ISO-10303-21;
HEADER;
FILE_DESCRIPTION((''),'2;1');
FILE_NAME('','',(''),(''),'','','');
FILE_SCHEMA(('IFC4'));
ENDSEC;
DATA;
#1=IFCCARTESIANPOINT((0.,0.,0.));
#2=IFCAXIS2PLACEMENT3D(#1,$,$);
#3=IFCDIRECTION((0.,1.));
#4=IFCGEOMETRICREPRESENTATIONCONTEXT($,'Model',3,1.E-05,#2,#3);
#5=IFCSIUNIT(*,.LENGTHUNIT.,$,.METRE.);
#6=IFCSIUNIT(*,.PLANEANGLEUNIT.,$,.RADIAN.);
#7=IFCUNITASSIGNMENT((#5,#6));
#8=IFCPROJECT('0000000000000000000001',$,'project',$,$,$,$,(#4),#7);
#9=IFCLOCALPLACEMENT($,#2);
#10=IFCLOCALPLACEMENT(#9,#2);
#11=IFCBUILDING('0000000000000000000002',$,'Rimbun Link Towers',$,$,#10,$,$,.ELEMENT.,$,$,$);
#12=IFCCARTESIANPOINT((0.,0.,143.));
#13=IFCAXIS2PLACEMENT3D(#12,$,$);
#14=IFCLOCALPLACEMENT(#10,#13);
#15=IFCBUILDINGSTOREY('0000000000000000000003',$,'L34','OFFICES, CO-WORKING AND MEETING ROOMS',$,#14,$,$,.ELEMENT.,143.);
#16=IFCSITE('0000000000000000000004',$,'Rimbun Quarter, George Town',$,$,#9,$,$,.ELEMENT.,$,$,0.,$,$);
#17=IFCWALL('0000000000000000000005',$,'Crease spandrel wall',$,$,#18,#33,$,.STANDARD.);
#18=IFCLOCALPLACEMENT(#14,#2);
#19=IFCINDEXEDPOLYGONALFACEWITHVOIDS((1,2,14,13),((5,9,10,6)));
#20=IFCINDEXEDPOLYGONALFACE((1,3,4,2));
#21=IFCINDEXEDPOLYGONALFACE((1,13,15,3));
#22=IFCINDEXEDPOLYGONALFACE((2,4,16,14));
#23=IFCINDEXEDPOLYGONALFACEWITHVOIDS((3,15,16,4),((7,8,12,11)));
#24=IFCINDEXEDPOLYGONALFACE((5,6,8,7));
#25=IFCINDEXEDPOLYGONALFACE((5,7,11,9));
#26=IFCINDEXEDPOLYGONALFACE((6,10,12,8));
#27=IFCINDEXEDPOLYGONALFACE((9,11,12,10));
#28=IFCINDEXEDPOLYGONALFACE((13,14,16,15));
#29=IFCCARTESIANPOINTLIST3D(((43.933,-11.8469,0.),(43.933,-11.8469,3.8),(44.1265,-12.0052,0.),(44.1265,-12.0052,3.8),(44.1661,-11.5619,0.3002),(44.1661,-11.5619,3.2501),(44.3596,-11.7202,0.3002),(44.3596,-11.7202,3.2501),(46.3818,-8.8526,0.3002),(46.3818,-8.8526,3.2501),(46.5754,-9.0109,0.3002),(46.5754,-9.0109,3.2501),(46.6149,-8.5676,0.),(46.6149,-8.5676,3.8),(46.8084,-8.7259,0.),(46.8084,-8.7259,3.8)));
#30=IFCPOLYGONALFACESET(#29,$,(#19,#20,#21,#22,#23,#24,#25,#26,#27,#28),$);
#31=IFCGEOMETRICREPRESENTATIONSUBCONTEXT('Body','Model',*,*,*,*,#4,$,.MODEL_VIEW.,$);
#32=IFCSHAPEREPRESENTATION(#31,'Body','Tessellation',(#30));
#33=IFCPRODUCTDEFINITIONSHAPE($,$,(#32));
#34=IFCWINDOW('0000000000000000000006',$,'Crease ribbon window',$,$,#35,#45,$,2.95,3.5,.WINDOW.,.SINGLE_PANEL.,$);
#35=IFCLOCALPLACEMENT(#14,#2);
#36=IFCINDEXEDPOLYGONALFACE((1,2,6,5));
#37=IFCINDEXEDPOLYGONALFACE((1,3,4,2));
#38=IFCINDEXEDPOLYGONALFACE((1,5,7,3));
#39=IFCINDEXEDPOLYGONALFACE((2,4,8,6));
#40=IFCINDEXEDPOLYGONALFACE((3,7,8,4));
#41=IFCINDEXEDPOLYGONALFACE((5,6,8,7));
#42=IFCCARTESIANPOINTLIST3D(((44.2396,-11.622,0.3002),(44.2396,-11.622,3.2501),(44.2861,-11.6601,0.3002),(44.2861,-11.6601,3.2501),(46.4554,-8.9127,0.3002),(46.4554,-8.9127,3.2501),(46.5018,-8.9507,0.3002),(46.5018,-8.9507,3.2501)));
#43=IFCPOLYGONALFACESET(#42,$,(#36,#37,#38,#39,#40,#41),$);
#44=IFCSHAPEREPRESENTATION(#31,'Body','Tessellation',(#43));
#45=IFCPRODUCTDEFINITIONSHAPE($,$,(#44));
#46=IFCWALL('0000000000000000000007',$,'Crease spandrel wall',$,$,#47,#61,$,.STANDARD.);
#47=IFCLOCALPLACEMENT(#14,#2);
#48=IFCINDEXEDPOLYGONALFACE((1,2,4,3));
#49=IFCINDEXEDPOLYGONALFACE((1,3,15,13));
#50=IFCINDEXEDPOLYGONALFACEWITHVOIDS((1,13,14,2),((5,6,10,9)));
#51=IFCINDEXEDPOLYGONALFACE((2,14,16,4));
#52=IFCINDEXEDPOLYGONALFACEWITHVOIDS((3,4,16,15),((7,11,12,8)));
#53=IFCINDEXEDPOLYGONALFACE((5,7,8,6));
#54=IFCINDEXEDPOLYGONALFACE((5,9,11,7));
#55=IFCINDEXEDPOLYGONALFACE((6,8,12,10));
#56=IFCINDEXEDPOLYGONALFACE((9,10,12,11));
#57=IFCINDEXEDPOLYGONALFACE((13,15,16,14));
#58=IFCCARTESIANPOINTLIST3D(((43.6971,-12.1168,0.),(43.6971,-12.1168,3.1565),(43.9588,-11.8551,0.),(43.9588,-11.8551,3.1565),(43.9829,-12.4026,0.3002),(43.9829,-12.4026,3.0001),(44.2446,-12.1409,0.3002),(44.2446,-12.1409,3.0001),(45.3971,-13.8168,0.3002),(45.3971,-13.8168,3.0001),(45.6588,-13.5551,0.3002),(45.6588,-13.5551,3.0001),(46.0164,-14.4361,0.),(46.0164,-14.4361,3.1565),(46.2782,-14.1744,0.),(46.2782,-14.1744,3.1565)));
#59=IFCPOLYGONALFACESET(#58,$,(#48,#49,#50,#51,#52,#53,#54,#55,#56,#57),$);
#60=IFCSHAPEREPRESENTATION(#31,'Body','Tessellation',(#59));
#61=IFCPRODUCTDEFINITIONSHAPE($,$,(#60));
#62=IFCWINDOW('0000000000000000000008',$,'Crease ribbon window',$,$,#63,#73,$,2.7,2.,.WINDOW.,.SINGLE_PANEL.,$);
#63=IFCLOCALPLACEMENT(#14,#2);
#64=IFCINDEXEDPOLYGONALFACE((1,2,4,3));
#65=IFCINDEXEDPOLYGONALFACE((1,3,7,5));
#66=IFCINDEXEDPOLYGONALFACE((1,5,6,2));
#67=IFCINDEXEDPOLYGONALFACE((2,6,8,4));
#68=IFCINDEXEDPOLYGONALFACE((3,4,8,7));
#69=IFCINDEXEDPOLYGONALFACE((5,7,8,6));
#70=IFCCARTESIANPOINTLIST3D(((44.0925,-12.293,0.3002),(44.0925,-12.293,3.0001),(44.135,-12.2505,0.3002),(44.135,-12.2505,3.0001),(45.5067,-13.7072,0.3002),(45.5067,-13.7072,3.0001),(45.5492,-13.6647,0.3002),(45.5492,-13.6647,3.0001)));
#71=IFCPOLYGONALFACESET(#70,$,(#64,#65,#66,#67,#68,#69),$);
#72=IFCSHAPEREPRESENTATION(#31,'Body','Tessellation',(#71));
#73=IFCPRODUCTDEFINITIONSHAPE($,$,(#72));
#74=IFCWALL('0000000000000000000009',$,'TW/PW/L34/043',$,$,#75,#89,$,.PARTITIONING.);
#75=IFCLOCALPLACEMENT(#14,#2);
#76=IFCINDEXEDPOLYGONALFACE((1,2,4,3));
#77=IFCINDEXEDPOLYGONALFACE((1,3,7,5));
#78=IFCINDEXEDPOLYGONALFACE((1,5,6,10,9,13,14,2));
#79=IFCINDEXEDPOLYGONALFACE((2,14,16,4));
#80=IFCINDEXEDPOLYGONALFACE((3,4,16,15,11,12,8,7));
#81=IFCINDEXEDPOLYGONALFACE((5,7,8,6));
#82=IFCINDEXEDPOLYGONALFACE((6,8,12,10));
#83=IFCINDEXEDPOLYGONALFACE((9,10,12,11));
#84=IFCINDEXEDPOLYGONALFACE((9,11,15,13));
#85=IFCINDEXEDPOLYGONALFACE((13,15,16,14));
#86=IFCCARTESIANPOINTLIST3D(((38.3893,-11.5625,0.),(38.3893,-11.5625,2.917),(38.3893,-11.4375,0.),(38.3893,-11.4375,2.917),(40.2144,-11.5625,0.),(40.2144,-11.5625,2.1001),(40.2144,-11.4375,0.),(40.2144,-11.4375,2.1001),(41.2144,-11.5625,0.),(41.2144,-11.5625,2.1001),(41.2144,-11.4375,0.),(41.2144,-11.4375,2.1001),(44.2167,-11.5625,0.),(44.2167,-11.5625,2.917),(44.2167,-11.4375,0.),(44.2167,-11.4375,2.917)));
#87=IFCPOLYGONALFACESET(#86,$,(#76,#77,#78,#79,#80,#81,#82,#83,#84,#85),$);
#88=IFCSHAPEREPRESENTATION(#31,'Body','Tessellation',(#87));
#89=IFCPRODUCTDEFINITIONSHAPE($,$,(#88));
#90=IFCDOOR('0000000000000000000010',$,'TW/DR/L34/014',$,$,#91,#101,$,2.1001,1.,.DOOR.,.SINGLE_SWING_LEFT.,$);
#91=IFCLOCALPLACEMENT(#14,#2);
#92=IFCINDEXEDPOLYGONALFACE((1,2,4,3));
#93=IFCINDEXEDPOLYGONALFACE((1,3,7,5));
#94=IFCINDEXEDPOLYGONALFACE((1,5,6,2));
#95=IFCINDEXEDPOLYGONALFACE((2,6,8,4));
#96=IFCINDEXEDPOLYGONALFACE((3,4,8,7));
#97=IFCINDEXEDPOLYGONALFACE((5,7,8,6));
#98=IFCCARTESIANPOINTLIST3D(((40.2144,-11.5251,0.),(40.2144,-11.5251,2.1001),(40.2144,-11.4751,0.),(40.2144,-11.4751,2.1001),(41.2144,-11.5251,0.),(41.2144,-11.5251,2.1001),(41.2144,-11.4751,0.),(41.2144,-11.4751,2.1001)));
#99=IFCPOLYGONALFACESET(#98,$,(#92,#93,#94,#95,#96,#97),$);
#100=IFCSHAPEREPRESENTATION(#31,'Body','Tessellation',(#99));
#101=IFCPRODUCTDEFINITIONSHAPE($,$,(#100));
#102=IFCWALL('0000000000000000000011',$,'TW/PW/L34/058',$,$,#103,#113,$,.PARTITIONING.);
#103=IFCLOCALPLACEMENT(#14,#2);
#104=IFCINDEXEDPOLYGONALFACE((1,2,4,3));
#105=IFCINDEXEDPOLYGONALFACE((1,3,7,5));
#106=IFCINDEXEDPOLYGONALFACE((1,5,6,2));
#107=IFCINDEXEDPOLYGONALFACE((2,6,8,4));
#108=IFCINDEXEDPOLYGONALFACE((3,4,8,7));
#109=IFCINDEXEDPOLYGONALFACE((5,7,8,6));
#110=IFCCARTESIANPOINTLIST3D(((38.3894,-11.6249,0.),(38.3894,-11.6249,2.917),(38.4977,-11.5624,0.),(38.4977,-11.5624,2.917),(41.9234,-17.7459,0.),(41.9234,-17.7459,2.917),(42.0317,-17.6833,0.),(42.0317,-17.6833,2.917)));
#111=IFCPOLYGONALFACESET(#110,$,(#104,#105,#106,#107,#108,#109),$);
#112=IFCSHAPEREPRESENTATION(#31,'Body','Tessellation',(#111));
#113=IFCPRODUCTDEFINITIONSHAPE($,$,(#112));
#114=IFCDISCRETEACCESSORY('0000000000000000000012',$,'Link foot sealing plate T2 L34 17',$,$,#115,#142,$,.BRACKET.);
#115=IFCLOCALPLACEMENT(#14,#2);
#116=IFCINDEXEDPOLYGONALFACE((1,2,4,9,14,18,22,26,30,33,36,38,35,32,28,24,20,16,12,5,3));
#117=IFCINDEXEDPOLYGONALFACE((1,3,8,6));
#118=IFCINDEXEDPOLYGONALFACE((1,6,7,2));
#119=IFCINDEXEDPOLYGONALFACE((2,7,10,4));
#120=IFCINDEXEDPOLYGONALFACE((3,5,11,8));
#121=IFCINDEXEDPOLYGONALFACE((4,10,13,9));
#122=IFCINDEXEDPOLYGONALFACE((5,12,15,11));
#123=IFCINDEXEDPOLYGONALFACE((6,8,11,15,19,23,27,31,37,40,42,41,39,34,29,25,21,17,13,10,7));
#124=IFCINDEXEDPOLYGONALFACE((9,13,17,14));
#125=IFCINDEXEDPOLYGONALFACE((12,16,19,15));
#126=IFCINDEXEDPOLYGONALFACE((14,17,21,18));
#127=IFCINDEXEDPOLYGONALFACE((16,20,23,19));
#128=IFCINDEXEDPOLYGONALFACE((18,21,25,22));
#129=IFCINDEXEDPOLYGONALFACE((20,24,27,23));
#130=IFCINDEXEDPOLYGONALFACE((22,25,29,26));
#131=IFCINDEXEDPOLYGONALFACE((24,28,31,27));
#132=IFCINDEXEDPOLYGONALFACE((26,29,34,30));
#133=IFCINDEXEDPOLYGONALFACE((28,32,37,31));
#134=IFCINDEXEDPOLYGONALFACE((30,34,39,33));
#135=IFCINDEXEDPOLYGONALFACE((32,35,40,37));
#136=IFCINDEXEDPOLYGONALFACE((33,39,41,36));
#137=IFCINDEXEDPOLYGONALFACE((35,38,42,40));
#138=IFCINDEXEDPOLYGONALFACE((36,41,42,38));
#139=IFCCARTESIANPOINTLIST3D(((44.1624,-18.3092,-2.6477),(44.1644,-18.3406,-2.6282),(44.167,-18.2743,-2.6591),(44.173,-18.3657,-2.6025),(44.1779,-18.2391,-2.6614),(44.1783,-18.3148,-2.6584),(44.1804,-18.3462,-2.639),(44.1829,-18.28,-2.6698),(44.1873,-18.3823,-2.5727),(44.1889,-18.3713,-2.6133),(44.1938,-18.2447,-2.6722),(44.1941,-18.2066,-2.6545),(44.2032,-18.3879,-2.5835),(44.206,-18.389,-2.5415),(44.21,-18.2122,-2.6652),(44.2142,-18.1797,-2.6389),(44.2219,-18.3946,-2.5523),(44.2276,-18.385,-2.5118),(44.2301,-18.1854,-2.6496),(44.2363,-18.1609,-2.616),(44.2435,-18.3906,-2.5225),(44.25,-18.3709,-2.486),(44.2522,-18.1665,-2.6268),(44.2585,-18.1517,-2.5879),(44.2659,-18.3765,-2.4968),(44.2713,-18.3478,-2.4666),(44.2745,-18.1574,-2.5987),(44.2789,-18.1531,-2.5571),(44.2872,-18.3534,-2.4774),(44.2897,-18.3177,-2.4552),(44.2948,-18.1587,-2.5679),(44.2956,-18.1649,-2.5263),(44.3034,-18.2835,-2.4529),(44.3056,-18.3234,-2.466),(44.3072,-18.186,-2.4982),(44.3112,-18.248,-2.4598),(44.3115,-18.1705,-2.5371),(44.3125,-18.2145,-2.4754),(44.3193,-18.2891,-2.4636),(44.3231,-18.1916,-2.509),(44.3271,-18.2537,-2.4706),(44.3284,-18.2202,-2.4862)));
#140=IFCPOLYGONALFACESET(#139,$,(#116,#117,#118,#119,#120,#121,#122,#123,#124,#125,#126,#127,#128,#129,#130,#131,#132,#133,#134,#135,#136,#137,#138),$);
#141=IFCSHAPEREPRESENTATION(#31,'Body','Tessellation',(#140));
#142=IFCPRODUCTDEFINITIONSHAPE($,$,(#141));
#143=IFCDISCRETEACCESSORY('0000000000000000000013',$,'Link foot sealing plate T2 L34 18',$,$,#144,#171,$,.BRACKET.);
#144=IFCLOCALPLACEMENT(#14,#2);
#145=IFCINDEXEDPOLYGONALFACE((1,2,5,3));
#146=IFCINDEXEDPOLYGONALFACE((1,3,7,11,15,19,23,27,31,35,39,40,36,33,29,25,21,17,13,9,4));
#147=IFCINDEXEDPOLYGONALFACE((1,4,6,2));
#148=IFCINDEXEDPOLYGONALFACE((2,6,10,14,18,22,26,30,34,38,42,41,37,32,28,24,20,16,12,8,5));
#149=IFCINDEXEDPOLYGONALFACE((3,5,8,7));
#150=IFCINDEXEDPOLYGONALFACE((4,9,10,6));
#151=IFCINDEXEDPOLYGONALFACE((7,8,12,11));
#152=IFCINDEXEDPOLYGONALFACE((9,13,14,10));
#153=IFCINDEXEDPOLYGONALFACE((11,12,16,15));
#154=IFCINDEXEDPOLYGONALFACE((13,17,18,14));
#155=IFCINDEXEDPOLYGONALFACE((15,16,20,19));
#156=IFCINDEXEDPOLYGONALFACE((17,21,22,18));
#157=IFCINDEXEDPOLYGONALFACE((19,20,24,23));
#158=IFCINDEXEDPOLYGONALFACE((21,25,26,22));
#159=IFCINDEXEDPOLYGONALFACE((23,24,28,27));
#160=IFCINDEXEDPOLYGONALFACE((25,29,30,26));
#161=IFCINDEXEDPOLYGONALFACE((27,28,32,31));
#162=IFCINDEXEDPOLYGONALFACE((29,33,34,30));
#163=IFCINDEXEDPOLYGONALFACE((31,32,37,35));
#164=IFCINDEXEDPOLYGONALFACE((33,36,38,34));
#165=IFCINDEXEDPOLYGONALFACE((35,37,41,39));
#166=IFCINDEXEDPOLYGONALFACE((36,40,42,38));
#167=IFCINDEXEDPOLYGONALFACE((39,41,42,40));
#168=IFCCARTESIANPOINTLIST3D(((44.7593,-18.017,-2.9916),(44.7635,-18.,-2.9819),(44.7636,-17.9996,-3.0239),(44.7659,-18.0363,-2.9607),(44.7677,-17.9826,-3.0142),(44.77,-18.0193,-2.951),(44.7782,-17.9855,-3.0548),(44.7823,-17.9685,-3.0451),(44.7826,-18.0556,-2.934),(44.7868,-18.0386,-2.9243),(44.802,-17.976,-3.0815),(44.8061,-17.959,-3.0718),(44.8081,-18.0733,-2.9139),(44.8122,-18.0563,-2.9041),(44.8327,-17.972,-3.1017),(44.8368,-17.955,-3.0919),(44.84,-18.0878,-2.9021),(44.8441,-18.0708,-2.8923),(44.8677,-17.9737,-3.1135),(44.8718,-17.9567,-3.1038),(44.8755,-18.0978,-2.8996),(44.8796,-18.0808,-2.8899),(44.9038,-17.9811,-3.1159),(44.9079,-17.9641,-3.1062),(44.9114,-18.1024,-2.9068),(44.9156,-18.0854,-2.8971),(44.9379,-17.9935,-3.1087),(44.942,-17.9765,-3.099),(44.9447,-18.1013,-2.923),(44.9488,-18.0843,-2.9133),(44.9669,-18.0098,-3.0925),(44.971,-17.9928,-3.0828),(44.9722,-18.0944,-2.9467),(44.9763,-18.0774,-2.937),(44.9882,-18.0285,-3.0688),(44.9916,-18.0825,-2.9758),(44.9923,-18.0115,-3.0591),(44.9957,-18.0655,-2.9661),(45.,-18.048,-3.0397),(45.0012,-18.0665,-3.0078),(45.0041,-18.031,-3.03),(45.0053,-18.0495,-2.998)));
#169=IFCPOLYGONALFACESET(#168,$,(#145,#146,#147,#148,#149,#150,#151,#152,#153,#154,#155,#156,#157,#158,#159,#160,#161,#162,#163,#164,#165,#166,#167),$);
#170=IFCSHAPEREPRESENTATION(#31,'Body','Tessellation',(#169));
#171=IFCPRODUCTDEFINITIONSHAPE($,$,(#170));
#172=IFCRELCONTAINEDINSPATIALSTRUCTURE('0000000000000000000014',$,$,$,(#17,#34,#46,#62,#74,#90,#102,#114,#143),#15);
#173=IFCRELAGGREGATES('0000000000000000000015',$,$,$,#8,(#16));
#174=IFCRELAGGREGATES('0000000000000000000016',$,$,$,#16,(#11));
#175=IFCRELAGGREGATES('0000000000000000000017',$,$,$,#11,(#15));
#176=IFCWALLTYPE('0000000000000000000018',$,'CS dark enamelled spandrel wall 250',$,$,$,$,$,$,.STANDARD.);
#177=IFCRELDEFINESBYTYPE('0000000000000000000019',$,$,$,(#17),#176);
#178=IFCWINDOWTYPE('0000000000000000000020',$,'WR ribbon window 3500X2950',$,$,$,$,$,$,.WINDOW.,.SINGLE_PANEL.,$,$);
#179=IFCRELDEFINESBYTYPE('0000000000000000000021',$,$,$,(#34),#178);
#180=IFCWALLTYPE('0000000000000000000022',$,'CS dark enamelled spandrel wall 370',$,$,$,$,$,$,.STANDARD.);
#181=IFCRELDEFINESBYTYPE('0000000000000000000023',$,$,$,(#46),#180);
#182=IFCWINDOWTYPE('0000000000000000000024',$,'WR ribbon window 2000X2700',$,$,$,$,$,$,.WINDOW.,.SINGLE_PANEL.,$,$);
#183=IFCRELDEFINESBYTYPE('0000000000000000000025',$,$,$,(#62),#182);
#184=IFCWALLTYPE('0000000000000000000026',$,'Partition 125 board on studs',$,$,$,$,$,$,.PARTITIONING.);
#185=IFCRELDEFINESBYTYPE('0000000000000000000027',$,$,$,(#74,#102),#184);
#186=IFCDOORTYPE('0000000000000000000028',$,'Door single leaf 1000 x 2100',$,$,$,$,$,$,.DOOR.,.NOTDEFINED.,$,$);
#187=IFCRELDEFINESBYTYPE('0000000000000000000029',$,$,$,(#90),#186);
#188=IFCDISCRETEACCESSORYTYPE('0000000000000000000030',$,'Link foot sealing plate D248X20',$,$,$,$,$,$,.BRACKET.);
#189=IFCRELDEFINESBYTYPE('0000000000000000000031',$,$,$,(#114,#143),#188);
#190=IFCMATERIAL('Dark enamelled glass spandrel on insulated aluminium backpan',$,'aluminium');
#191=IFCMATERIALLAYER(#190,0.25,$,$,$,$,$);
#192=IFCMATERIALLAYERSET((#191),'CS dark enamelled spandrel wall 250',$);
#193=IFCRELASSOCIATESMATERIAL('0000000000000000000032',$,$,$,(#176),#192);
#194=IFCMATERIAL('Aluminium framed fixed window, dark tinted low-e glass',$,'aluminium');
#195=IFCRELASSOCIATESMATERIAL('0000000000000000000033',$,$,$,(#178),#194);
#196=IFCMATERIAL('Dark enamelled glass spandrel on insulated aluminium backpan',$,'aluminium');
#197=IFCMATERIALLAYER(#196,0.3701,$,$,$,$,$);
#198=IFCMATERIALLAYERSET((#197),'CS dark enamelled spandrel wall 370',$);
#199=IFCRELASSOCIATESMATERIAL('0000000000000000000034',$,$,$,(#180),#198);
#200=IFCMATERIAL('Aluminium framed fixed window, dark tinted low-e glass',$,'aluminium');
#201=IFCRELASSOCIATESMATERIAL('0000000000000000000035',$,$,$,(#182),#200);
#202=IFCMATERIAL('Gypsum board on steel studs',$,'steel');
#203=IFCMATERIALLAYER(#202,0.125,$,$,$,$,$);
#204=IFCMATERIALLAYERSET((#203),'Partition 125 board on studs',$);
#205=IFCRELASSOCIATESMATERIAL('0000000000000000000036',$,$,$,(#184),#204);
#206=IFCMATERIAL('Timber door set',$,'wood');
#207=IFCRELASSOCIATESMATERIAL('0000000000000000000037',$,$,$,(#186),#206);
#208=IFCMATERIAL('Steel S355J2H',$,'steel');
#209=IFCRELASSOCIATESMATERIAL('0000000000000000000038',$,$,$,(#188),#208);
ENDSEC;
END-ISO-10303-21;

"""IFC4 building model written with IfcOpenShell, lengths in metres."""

from ifc_helpers import new_model, si_unit, direction, frame, frame_2d, origin, origin_2d, place, context, subcontext, project, spatial, rectangle, circle, extrude, material, layer, layer_set, material_profile, profile_set, type_object, element, fill, save


model = new_model("IFC4")

# Units and contexts
model_context = context("Model", 3, precision=1e-05, world=origin(), true_north=direction((0.0, 1.0)))
body_context = subcontext(model_context, "Body", "Model", "MODEL_VIEW")
ifc_project = project(units=[si_unit("LENGTHUNIT", "METRE"), si_unit("PLANEANGLEUNIT", "RADIAN")], contexts=[model_context])

# Site, building, storey
site_placement = place(None, origin())
site = spatial("IfcSite", under=ifc_project, at=site_placement, Name="Rimbun Quarter, George Town", CompositionType="ELEMENT", RefElevation=0.0)
building_placement = place(site_placement, origin())
building = spatial("IfcBuilding", under=site, at=building_placement, Name="Rimbun Link Towers", CompositionType="ELEMENT")
storey_placement = place(building_placement, frame((0.0, 0.0, 143.0)))
storey = spatial("IfcBuildingStorey", under=building, at=storey_placement, Name="L34", Description="OFFICES, CO-WORKING AND MEETING ROOMS", CompositionType="ELEMENT", Elevation=143.0)

# Walls, openings, windows
ifc_material_1 = material(Name="Dark enamelled glass spandrel on insulated aluminium backpan", Category="aluminium")
ifc_layer_1 = layer(ifc_material_1, 0.25)
ifc_layer_set_1 = layer_set([ifc_layer_1], Name="CS dark enamelled spandrel wall 250")
wall_type_1 = type_object("IfcWallType", Name="CS dark enamelled spandrel wall 250", PredefinedType="STANDARD", material=ifc_layer_set_1)
wall_1_placement = place(storey_placement, frame((46.7117, -8.6467, 0.0), z_axis=(0.0, 0.0, 1.0), x_axis=(-0.633071, -0.774093, 0.0)))
wall_1 = element("IfcWall", 1, at=wall_1_placement, inside=storey, type_object=wall_type_1, Name="Crease spandrel wall", PredefinedType="STANDARD", context=body_context, shape_type="SweptSolid", body=[
    extrude(rectangle(XDim=4.2363, YDim=0.25, at=frame_2d((2.1182, 0.0))), origin(), (0.0, 0.0, 1.0), 3.8),
])
opening_1_placement = place(wall_1_placement, frame((0.3682, 0.0, 0.3)))
opening_1 = element("IfcOpeningElement", 2, at=opening_1_placement, cuts=wall_1, PredefinedType="OPENING", context=body_context, shape_type="SweptSolid", body=[
    extrude(rectangle(XDim=3.5, YDim=2.95, at=frame_2d((1.75, 1.4751))), frame((0.0, 0.135, 0.0), z_axis=(0.0, -1.0, 0.0), x_axis=(1.0, 0.0, 0.0)), (0.0, 0.0, 1.0), 0.27),
])
ifc_material_2 = material(Name="Aluminium framed fixed window, dark tinted low-e glass", Category="aluminium")
window_type_1 = type_object("IfcWindowType", Name="WR ribbon window 3500X2950", PartitioningType="SINGLE_PANEL", PredefinedType="WINDOW", material=ifc_material_2)
window_1_placement = place(opening_1_placement, origin())
window_1 = element("IfcWindow", 3, at=window_1_placement, inside=storey, type_object=window_type_1, Name="Crease ribbon window", OverallHeight=2.95, OverallWidth=3.5, PartitioningType="SINGLE_PANEL", PredefinedType="WINDOW", context=body_context, shape_type="SweptSolid", body=[
    extrude(rectangle(XDim=3.5, YDim=2.95, at=frame_2d((1.75, 1.4751))), frame((0.0, 0.03, 0.0), z_axis=(0.0, -1.0, 0.0), x_axis=(1.0, 0.0, 0.0)), (0.0, 0.0, 1.0), 0.0601),
])
fill(opening_1, window_1)
ifc_material_3 = material(Name="Dark enamelled glass spandrel on insulated aluminium backpan", Category="aluminium")
ifc_layer_2 = layer(ifc_material_3, 0.3701)
ifc_layer_set_2 = layer_set([ifc_layer_2], Name="CS dark enamelled spandrel wall 370")
wall_type_2 = type_object("IfcWallType", Name="CS dark enamelled spandrel wall 370", PredefinedType="STANDARD", material=ifc_layer_set_2)
wall_2_placement = place(storey_placement, frame((43.8279, -11.9858, 0.0), z_axis=(0.0, 0.0, 1.0), x_axis=(0.707107, -0.707107, 0.0)))
wall_2 = element("IfcWall", 4, at=wall_2_placement, inside=storey, type_object=wall_type_2, Name="Crease spandrel wall", PredefinedType="STANDARD", context=body_context, shape_type="SweptSolid", body=[
    extrude(rectangle(XDim=3.28, YDim=0.3701, at=frame_2d((1.6401, 0.0))), origin(), (0.0, 0.0, 1.0), 3.1565),
])
opening_2_placement = place(wall_2_placement, frame((0.4043, 0.0, 0.3)))
opening_2 = element("IfcOpeningElement", 5, at=opening_2_placement, cuts=wall_2, PredefinedType="OPENING", context=body_context, shape_type="SweptSolid", body=[
    extrude(rectangle(XDim=2.0, YDim=2.7, at=frame_2d((1.0, 1.3501))), frame((0.0, 0.1951, 0.0), z_axis=(0.0, -1.0, 0.0), x_axis=(1.0, 0.0, 0.0)), (0.0, 0.0, 1.0), 0.3901),
])
ifc_material_4 = material(Name="Aluminium framed fixed window, dark tinted low-e glass", Category="aluminium")
window_type_2 = type_object("IfcWindowType", Name="WR ribbon window 2000X2700", PartitioningType="SINGLE_PANEL", PredefinedType="WINDOW", material=ifc_material_4)
window_2_placement = place(opening_2_placement, origin())
window_2 = element("IfcWindow", 6, at=window_2_placement, inside=storey, type_object=window_type_2, Name="Crease ribbon window", OverallHeight=2.7, OverallWidth=2.0, PartitioningType="SINGLE_PANEL", PredefinedType="WINDOW", context=body_context, shape_type="SweptSolid", body=[
    extrude(rectangle(XDim=2.0, YDim=2.7, at=frame_2d((1.0, 1.3501))), frame((0.0, 0.03, 0.0), z_axis=(0.0, -1.0, 0.0), x_axis=(1.0, 0.0, 0.0)), (0.0, 0.0, 1.0), 0.0601),
])
fill(opening_2, window_2)

# Wall, opening, door
ifc_material_5 = material(Name="Gypsum board on steel studs", Category="steel")
ifc_layer_3 = layer(ifc_material_5, 0.125)
ifc_layer_set_3 = layer_set([ifc_layer_3], Name="Partition 125 board on studs")
wall_type_3 = type_object("IfcWallType", Name="Partition 125 board on studs", PredefinedType="PARTITIONING", material=ifc_layer_set_3)
wall_3_placement = place(storey_placement, frame((38.3894, -11.5, 0.0), z_axis=(0.0, 0.0, 1.0), x_axis=(1.0, 0.0, 0.0)))
wall_3 = element("IfcWall", 7, at=wall_3_placement, inside=storey, type_object=wall_type_3, Name="TW/PW/L34/043", PredefinedType="PARTITIONING", context=body_context, shape_type="SweptSolid", body=[
    extrude(rectangle(XDim=5.8274, YDim=0.125, at=frame_2d((2.9136, 0.0))), origin(), (0.0, 0.0, 1.0), 2.917),
])
opening_3_placement = place(wall_3_placement, frame((1.825, 0.0, 0.0)))
opening_3 = element("IfcOpeningElement", 8, at=opening_3_placement, cuts=wall_3, PredefinedType="OPENING", context=body_context, shape_type="SweptSolid", body=[
    extrude(rectangle(XDim=1.0, YDim=2.1001, at=frame_2d((0.5, 1.05))), frame((0.0, 0.0725, 0.0), z_axis=(0.0, -1.0, 0.0), x_axis=(1.0, 0.0, 0.0)), (0.0, 0.0, 1.0), 0.145),
])
ifc_material_6 = material(Name="Timber door set", Category="wood")
door_type = type_object("IfcDoorType", Name="Door single leaf 1000 x 2100", OperationType="NOTDEFINED", PredefinedType="DOOR", material=ifc_material_6)
door_placement = place(opening_3_placement, origin())
door = element("IfcDoor", 9, at=door_placement, inside=storey, type_object=door_type, Name="TW/DR/L34/014", OperationType="SINGLE_SWING_LEFT", OverallHeight=2.1001, OverallWidth=1.0, PredefinedType="DOOR", context=body_context, shape_type="SweptSolid", body=[
    extrude(rectangle(XDim=1.0, YDim=2.1001, at=frame_2d((0.5, 1.05))), frame((0.0, 0.0249, 0.0), z_axis=(0.0, -1.0, 0.0), x_axis=(1.0, 0.0, 0.0)), (0.0, 0.0, 1.0), 0.05),
])
fill(opening_3, door)

# Wall
wall_4_placement = place(storey_placement, frame((41.9775, -17.7146, 0.0), z_axis=(0.0, 0.0, 1.0), x_axis=(-0.500007, 0.866022, 0.0)))
element("IfcWall", 10, at=wall_4_placement, inside=storey, type_object=wall_type_3, Name="TW/PW/L34/058", PredefinedType="PARTITIONING", context=body_context, shape_type="SweptSolid", body=[
    extrude(rectangle(XDim=7.0679, YDim=0.125, at=frame_2d((3.5339, 0.0))), origin(), (0.0, 0.0, 1.0), 2.917),
])

# Discrete accessories
ifc_material_7 = material(Name="Steel S355J2H", Category="steel")
ifc_material_profile_1 = material_profile(ifc_material_7, circle(Radius=0.124, at=origin_2d()), Name="PL D248")
ifc_profile_set_1 = profile_set([ifc_material_profile_1], Name="Steel S355J2H")
discrete_accessory_type = type_object("IfcDiscreteAccessoryType", Name="Link foot sealing plate D248X20", PredefinedType="BRACKET", material=ifc_profile_set_1)
for number, where, z_axis, x_axis, name in (
    (11, (44.2375, -18.27, -2.5571), (0.794695, -0.2812, -0.537947), (0.333579, 0.942722, 0.0), "Link foot sealing plate T2 L34 17"),
    (12, (44.8848, -18.0203, -2.998), (-0.206322, -0.849562, -0.485464), (0.971754, -0.235997, 0.0), "Link foot sealing plate T2 L34 18"),
):
    element("IfcDiscreteAccessory", number, at=place(storey_placement, frame(where, z_axis=z_axis, x_axis=x_axis)), inside=storey, type_object=discrete_accessory_type, Name=name, PredefinedType="BRACKET", context=body_context, shape_type="SweptSolid", body=[
        extrude(circle(Radius=0.124, at=origin_2d()), origin(), (0.0, 0.0, 1.0), 0.02),
    ])

save(model, "model.ifc")
